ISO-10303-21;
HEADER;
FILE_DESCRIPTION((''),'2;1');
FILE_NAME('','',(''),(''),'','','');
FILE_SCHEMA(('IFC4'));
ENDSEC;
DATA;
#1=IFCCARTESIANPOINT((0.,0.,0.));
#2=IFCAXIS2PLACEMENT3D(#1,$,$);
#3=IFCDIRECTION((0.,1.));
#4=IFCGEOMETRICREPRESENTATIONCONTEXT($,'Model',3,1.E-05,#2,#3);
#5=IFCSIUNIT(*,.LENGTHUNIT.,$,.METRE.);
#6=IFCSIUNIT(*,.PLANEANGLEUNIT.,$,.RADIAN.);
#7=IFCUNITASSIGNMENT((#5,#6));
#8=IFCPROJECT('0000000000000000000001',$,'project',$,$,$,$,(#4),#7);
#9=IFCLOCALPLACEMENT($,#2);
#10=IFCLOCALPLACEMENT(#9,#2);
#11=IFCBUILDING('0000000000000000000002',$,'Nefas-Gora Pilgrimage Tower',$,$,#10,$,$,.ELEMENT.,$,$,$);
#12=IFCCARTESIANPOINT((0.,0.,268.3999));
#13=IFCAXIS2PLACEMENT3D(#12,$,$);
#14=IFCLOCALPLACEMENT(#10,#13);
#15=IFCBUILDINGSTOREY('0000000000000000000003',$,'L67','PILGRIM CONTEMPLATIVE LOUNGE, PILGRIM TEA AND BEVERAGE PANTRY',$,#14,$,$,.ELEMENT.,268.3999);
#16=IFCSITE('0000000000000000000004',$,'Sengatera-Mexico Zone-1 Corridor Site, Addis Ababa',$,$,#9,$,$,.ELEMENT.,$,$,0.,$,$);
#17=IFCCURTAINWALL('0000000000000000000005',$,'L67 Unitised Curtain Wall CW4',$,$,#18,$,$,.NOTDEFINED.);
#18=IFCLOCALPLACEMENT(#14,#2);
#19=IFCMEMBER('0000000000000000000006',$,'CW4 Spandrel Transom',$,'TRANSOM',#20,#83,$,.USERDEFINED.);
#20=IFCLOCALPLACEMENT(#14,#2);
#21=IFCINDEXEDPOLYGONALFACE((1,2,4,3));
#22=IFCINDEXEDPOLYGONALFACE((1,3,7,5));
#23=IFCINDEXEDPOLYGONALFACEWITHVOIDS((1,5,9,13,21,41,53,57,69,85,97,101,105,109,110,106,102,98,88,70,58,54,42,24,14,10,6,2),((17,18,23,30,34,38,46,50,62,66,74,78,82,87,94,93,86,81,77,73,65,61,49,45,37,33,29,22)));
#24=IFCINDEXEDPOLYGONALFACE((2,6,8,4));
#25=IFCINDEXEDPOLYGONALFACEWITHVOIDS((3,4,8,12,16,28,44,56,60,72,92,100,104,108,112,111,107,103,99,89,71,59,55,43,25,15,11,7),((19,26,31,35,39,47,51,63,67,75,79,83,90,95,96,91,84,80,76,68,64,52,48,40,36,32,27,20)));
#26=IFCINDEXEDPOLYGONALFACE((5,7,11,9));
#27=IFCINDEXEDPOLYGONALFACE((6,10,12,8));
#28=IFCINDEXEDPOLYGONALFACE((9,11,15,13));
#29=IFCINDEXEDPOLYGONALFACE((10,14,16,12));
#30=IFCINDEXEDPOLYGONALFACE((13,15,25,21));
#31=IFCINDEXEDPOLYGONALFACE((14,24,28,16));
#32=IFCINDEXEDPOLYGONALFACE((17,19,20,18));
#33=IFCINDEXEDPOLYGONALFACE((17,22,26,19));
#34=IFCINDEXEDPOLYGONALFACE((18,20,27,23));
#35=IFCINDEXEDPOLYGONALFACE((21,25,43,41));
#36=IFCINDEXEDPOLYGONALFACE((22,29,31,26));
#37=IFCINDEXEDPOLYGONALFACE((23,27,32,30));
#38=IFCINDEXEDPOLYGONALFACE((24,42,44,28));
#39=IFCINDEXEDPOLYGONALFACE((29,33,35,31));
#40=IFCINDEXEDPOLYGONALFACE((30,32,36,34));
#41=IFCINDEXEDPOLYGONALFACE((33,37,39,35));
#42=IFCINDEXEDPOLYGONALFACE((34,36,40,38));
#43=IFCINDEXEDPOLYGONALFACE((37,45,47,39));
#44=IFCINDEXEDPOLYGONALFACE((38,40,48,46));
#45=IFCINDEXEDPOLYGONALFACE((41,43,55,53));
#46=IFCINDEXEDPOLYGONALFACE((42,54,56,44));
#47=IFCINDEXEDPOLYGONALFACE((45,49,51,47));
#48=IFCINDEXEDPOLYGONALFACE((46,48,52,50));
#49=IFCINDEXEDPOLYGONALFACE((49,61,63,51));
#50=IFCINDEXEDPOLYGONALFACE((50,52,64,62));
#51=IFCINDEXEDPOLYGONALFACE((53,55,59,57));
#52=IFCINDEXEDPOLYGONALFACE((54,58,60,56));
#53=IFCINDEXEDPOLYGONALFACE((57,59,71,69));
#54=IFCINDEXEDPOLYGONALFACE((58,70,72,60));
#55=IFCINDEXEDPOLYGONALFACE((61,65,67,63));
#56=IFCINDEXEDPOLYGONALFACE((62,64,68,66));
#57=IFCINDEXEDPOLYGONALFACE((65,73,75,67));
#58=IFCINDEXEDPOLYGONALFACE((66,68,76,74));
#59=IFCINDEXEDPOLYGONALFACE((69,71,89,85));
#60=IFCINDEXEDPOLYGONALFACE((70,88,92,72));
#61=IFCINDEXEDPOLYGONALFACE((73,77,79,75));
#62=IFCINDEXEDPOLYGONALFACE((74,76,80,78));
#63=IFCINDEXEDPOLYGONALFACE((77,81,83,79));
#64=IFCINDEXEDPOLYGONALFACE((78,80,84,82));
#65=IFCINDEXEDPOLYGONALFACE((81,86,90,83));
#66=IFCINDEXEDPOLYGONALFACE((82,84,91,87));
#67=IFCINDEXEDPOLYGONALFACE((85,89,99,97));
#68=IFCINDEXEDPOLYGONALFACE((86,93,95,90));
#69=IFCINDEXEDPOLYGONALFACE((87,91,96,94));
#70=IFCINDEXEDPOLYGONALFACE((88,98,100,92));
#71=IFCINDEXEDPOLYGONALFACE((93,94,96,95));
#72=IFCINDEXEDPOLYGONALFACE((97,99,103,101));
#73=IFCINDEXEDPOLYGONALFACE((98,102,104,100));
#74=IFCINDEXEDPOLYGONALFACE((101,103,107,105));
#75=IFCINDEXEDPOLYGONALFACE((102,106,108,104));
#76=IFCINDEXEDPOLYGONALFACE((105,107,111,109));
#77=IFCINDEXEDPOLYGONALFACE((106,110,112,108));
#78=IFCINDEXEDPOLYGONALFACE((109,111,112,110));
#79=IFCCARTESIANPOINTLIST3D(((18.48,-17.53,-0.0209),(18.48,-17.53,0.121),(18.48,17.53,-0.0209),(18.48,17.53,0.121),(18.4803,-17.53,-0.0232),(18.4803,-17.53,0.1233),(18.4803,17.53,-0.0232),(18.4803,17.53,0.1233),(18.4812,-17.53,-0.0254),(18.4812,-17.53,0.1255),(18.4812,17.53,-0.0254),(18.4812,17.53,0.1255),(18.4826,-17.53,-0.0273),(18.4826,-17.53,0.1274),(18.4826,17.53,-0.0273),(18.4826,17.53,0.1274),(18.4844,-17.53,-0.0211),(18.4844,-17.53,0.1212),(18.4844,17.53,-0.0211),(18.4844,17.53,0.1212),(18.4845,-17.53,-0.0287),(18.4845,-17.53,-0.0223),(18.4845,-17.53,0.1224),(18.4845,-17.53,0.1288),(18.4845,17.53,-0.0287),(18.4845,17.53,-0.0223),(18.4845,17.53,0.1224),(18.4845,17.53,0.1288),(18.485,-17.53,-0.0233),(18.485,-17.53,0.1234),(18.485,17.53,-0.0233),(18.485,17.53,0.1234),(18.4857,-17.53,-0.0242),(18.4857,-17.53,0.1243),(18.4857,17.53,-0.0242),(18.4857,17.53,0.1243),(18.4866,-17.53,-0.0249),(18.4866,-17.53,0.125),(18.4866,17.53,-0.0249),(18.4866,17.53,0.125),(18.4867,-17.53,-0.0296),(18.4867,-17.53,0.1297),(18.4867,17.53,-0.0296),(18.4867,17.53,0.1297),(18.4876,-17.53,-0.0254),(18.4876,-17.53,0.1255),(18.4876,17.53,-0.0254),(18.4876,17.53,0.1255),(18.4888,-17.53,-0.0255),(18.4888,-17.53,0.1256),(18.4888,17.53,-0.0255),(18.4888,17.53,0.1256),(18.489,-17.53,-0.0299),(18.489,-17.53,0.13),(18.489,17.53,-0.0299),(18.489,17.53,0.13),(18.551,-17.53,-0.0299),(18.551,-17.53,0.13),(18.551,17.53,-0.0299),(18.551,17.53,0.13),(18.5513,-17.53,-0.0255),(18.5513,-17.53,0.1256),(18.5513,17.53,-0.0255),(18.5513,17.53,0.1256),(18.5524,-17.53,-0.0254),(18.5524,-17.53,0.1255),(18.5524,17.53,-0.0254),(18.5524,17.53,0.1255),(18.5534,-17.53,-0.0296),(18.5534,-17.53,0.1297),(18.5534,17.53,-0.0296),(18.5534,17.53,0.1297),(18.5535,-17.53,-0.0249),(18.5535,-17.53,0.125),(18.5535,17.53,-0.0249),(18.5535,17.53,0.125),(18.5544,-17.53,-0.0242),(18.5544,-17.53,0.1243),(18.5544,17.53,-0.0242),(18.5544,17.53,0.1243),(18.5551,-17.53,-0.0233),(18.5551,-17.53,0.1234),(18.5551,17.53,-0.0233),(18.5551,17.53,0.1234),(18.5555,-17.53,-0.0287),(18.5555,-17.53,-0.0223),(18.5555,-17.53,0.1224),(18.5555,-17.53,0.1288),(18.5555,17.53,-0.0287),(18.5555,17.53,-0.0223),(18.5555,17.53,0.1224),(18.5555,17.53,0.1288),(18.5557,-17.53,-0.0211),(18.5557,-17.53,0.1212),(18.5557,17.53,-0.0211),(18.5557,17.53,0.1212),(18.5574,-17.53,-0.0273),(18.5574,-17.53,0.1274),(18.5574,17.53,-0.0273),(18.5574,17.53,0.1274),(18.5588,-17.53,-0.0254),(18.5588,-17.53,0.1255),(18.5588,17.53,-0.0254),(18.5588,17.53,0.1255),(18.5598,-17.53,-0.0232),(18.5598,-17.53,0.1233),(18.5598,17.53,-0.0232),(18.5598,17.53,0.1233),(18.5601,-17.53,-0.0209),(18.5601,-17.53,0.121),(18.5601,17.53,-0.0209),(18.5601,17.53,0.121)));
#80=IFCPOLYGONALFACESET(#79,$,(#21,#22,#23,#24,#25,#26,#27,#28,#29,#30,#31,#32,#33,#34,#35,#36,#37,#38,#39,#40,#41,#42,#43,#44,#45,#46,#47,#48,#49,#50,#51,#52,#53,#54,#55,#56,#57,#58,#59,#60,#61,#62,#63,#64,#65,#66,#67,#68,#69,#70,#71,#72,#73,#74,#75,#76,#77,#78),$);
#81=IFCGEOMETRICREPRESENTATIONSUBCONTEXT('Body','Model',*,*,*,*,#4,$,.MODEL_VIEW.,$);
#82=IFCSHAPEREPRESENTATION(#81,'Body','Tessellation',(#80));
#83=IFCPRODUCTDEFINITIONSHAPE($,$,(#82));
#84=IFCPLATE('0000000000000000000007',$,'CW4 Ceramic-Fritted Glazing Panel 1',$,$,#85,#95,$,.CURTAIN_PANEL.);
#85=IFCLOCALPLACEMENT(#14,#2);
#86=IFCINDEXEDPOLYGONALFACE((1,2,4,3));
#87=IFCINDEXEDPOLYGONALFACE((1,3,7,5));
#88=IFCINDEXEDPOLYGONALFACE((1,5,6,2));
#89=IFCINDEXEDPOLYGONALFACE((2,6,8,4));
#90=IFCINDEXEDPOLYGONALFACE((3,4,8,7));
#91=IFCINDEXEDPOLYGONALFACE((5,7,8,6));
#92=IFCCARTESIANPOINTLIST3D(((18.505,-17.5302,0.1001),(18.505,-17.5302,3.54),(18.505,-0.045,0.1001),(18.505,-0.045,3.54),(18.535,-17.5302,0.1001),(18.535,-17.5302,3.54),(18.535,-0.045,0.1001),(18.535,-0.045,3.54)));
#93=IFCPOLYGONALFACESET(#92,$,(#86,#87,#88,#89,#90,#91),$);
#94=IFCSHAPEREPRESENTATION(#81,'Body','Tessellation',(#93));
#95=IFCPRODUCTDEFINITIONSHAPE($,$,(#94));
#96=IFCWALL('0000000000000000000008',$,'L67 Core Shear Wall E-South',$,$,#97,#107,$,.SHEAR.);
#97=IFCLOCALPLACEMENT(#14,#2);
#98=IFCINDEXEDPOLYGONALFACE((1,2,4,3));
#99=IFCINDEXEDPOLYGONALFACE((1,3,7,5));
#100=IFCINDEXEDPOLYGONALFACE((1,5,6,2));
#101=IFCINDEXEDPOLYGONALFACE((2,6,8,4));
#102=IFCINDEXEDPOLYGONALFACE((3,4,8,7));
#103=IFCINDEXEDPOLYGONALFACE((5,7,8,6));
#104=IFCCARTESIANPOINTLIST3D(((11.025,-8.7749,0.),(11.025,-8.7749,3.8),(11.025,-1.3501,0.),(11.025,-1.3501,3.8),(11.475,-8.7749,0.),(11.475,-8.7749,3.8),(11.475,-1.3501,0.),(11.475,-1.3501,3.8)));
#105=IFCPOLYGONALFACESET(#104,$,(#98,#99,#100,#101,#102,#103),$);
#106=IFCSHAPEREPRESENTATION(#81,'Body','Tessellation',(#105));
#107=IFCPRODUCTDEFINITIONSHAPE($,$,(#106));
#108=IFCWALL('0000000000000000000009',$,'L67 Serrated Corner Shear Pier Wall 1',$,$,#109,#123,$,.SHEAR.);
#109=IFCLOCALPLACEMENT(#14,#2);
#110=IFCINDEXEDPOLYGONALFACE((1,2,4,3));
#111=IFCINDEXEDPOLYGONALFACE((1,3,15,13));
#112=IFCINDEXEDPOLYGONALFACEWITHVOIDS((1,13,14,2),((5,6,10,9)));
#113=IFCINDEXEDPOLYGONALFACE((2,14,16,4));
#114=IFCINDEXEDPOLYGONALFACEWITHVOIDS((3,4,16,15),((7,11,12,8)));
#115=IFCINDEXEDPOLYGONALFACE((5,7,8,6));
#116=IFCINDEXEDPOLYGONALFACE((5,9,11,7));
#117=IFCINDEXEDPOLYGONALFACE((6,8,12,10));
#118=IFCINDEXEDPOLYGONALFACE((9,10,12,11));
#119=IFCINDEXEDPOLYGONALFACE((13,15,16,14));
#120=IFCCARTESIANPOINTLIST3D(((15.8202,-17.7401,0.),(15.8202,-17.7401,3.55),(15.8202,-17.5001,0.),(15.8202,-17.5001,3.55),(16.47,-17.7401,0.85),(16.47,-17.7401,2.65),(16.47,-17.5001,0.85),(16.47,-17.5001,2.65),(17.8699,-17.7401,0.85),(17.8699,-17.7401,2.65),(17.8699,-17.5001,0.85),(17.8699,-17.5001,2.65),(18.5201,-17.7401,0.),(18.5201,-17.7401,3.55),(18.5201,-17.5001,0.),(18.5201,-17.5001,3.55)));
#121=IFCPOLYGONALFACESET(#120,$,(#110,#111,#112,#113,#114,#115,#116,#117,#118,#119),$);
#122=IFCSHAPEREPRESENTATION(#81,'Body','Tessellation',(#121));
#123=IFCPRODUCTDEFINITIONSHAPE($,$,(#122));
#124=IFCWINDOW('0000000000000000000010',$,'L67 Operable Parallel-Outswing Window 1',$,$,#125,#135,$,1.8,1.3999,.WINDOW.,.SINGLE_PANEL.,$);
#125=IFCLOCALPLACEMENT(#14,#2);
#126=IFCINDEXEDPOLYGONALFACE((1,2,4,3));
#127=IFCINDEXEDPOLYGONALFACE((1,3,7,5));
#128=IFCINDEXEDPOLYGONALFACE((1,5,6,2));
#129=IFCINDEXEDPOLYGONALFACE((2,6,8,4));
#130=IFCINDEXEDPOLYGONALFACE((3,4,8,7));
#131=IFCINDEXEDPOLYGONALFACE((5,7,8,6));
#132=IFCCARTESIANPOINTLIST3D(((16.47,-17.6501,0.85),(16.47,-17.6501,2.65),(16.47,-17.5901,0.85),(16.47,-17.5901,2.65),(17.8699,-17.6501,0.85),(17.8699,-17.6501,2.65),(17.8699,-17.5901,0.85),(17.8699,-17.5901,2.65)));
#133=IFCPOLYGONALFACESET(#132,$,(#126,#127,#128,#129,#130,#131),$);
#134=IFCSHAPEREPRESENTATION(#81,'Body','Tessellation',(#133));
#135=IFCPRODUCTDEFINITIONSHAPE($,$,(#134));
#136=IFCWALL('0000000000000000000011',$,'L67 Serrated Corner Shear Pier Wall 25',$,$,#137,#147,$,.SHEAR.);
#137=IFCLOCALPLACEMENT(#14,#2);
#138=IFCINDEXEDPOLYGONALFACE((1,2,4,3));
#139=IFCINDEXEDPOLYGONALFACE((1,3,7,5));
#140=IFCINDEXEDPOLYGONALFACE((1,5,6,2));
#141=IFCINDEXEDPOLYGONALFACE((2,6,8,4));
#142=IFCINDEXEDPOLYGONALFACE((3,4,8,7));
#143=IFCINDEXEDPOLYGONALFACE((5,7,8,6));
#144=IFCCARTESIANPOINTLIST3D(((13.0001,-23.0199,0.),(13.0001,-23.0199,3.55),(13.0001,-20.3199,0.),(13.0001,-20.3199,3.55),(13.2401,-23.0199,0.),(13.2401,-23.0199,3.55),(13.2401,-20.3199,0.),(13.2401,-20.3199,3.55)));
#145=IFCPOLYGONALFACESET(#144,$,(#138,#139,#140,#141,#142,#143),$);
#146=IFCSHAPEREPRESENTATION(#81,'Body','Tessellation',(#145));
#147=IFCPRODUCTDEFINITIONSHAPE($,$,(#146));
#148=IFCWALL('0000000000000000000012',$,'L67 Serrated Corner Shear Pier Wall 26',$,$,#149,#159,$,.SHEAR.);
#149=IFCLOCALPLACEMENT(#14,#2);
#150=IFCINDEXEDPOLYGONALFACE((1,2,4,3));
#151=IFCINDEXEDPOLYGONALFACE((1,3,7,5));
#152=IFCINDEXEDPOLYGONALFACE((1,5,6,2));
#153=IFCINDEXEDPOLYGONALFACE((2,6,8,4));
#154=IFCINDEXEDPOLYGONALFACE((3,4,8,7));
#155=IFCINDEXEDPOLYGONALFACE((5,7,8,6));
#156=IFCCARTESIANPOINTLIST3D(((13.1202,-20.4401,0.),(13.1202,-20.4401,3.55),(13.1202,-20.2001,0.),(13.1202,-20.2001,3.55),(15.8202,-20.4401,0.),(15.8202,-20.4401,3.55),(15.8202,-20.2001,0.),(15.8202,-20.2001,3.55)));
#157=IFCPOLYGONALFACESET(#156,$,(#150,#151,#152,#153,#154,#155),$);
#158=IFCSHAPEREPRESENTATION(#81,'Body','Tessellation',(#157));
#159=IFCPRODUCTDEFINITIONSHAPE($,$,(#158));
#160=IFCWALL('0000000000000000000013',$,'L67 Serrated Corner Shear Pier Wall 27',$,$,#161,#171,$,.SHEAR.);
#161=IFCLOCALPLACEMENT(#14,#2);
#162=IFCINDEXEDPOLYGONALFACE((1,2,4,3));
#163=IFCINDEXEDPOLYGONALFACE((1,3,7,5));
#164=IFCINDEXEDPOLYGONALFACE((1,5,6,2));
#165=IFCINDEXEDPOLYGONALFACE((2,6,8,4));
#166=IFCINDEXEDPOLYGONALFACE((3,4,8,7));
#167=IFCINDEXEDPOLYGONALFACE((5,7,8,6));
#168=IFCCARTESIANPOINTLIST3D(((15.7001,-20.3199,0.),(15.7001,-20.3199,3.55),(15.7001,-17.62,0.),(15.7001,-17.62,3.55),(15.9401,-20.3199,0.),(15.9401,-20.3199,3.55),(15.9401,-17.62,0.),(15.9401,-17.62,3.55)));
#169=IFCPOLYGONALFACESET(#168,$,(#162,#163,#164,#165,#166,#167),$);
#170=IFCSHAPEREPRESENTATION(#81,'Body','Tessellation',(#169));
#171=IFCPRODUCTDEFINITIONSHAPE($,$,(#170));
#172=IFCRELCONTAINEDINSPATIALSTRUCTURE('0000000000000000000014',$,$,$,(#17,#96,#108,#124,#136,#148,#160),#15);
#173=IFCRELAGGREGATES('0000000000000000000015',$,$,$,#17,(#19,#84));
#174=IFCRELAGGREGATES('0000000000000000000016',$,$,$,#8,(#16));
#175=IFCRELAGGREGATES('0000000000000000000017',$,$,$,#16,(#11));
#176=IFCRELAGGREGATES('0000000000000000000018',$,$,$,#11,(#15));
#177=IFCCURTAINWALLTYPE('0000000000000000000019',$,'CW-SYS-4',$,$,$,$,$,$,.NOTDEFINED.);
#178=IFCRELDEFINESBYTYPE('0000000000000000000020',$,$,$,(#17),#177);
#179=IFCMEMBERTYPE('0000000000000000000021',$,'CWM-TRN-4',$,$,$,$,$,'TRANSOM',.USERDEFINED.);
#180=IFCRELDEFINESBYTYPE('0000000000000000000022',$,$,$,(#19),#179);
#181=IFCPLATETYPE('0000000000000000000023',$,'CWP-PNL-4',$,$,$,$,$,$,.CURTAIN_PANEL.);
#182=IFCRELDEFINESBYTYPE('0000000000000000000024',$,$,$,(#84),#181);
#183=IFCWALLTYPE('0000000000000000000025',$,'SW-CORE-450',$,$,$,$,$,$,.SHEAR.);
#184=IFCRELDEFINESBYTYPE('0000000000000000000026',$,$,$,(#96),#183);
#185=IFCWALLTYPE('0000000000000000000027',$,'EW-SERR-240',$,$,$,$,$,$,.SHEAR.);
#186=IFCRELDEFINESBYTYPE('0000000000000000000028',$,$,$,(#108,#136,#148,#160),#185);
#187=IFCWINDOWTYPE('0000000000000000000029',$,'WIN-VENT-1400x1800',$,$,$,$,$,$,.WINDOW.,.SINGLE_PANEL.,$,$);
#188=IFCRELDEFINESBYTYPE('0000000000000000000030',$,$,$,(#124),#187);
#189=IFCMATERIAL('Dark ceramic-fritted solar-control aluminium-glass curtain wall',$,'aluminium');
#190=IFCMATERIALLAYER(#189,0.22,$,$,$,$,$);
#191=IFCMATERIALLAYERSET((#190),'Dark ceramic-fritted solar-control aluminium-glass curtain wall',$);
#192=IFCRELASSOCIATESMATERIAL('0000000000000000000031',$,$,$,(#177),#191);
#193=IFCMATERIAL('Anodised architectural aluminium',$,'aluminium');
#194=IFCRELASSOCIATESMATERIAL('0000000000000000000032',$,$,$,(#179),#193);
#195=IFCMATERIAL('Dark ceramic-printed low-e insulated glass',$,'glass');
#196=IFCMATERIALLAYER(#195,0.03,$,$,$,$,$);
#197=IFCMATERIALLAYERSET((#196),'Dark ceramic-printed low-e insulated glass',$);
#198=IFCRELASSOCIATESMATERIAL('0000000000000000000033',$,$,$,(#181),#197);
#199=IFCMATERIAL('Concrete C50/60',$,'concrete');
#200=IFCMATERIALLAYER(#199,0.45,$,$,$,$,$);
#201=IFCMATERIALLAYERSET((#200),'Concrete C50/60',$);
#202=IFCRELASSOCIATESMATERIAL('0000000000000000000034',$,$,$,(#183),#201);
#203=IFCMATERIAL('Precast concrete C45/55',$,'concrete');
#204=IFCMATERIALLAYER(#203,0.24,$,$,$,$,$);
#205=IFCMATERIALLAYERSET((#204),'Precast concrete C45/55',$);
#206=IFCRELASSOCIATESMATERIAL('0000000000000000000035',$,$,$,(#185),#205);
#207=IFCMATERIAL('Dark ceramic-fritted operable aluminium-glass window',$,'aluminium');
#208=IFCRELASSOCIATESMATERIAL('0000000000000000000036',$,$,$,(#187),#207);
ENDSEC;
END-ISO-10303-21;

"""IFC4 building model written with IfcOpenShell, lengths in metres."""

from ifc_helpers import new_model, si_unit, direction, frame, frame_2d, origin, origin_2d, place, context, subcontext, project, spatial, rectangle, hollow_rectangle, extrude, source, transform, mapped, material, layer, layer_set, material_profile, profile_set, type_object, element, fill, aggregate, save


model = new_model("IFC4")

# Units and contexts
model_context = context("Model", 3, precision=1e-05, world=origin(), true_north=direction((0.0, 1.0)))
body_context = subcontext(model_context, "Body", "Model", "MODEL_VIEW")
ifc_project = project(units=[si_unit("LENGTHUNIT", "METRE"), si_unit("PLANEANGLEUNIT", "RADIAN")], contexts=[model_context])

# Site, building, storey
site_placement = place(None, origin())
site = spatial("IfcSite", under=ifc_project, at=site_placement, Name="Sengatera-Mexico Zone-1 Corridor Site, Addis Ababa", CompositionType="ELEMENT", RefElevation=0.0)
building_placement = place(site_placement, origin())
building = spatial("IfcBuilding", under=site, at=building_placement, Name="Nefas-Gora Pilgrimage Tower", CompositionType="ELEMENT")
storey_placement = place(building_placement, frame((0.0, 0.0, 268.3999)))
storey = spatial("IfcBuildingStorey", under=building, at=storey_placement, Name="L67", Description="PILGRIM CONTEMPLATIVE LOUNGE, PILGRIM TEA AND BEVERAGE PANTRY", CompositionType="ELEMENT", Elevation=268.3999)

# Curtain wall
ifc_material_1 = material(Name="Dark ceramic-fritted solar-control aluminium-glass curtain wall", Category="aluminium")
ifc_layer_1 = layer(ifc_material_1, 0.22)
ifc_layer_set_1 = layer_set([ifc_layer_1], Name="Dark ceramic-fritted solar-control aluminium-glass curtain wall")
curtain_wall_type = type_object("IfcCurtainWallType", Name="CW-SYS-4", PredefinedType="NOTDEFINED", material=ifc_layer_set_1)
curtain_wall_1_placement = place(storey_placement, origin())
curtain_wall_1 = element("IfcCurtainWall", 1, at=curtain_wall_1_placement, inside=storey, type_object=curtain_wall_type, Name="L67 Unitised Curtain Wall CW4", PredefinedType="NOTDEFINED")
ifc_material_2 = material(Name="Anodised architectural aluminium", Category="aluminium")

# Member
ifc_material_profile_1 = material_profile(ifc_material_2, hollow_rectangle(XDim=0.0801, YDim=0.1599, WallThickness=0.0044, InnerFilletRadius=0.0044, OuterFilletRadius=0.009, at=origin_2d()), Name="ALU TRANSOM 80x160")
ifc_profile_set_1 = profile_set([ifc_material_profile_1], Name="Anodised architectural aluminium")
member_type_1 = type_object("IfcMemberType", Name="CWM-TRN-4", ElementType="TRANSOM", PredefinedType="USERDEFINED", material=ifc_profile_set_1)
shared_shape_1 = source(origin(), body_context, "Body", "SweptSolid", [
    extrude(hollow_rectangle(XDim=0.0801, YDim=0.1599, WallThickness=0.0044, InnerFilletRadius=0.0044, OuterFilletRadius=0.009, at=origin_2d()), origin(), (0.0, 0.0, 1.0), 35.0601),
])
member_1_placement = place(storey_placement, frame((18.52, -17.53, 0.05), z_axis=(0.0, 1.0, 0.0), x_axis=(-1.0, 0.0, 0.0)))
member_1 = element("IfcMember", 2, at=member_1_placement, type_object=member_type_1, Name="CW4 Spandrel Transom", ObjectType="TRANSOM", PredefinedType="USERDEFINED", context=body_context, shape_type="MappedRepresentation", body=[
    mapped(shared_shape_1, transform((0.0, 0.0, 0.0), x_axis=(1.0, 0.0, 0.0), y_axis=(0.0, 1.0, 0.0), z_axis=(0.0, 0.0, 1.0), scale=1.0)),
])

# Plate
ifc_material_3 = material(Name="Dark ceramic-printed low-e insulated glass", Category="glass")
ifc_layer_2 = layer(ifc_material_3, 0.03)
ifc_layer_set_2 = layer_set([ifc_layer_2], Name="Dark ceramic-printed low-e insulated glass")
plate_type = type_object("IfcPlateType", Name="CWP-PNL-4", PredefinedType="CURTAIN_PANEL", material=ifc_layer_set_2)
shared_shape_2 = source(origin(), body_context, "Body", "SweptSolid", [
    extrude(rectangle(XDim=17.4851, YDim=0.03, at=origin_2d()), origin(), (0.0, 0.0, 1.0), 3.4399),
])
plate_placement = place(storey_placement, frame((18.52, -8.7876, 0.1001), z_axis=(0.0, 0.0, 1.0), x_axis=(0.0, 1.0, 0.0)))
plate = element("IfcPlate", 3, at=plate_placement, type_object=plate_type, Name="CW4 Ceramic-Fritted Glazing Panel 1", PredefinedType="CURTAIN_PANEL", context=body_context, shape_type="MappedRepresentation", body=[
    mapped(shared_shape_2, transform((0.0, 0.0, 0.0), x_axis=(1.0, 0.0, 0.0), y_axis=(0.0, 1.0, 0.0), z_axis=(0.0, 0.0, 1.0), scale=1.0)),
])
aggregate(curtain_wall_1, [member_1, plate])

# Wall
ifc_material_4 = material(Name="Concrete C50/60", Category="concrete")
ifc_layer_3 = layer(ifc_material_4, 0.45)
ifc_layer_set_3 = layer_set([ifc_layer_3], Name="Concrete C50/60")
wall_type_1 = type_object("IfcWallType", Name="SW-CORE-450", PredefinedType="SHEAR", material=ifc_layer_set_3)
shared_shape_3 = source(origin(), body_context, "Body", "SweptSolid", [
    extrude(rectangle(XDim=7.4248, YDim=0.45, at=frame_2d((3.7124, 0.0))), origin(), (0.0, 0.0, 1.0), 3.8),
])
wall_1_placement = place(storey_placement, frame((11.25, -8.7749, 0.0), z_axis=(0.0, 0.0, 1.0), x_axis=(0.0, 1.0, 0.0)))
element("IfcWall", 4, at=wall_1_placement, inside=storey, type_object=wall_type_1, Name="L67 Core Shear Wall E-South", PredefinedType="SHEAR", context=body_context, shape_type="MappedRepresentation", body=[
    mapped(shared_shape_3, transform((0.0, 0.0, 0.0), x_axis=(1.0, 0.0, 0.0), y_axis=(0.0, 1.0, 0.0), z_axis=(0.0, 0.0, 1.0), scale=1.0)),
])

# Wall, opening, window
ifc_material_5 = material(Name="Precast concrete C45/55", Category="concrete")
ifc_layer_4 = layer(ifc_material_5, 0.24)
ifc_layer_set_4 = layer_set([ifc_layer_4], Name="Precast concrete C45/55")
wall_type_2 = type_object("IfcWallType", Name="EW-SERR-240", PredefinedType="SHEAR", material=ifc_layer_set_4)
shared_shape_4 = source(origin(), body_context, "Body", "SweptSolid", [
    extrude(rectangle(XDim=2.7, YDim=0.24, at=frame_2d((1.3501, 0.0))), origin(), (0.0, 0.0, 1.0), 3.55),
])
wall_2_placement = place(storey_placement, frame((15.8201, -17.6201, 0.0), z_axis=(0.0, 0.0, 1.0), x_axis=(1.0, 0.0, 0.0)))
wall_2 = element("IfcWall", 5, at=wall_2_placement, inside=storey, type_object=wall_type_2, Name="L67 Serrated Corner Shear Pier Wall 1", PredefinedType="SHEAR", context=body_context, shape_type="MappedRepresentation", body=[
    mapped(shared_shape_4, transform((0.0, 0.0, 0.0), x_axis=(1.0, 0.0, 0.0), y_axis=(0.0, 1.0, 0.0), z_axis=(0.0, 0.0, 1.0), scale=1.0)),
])
opening_1_placement = place(wall_2_placement, frame((0.6499, 0.0, 0.8501)))
opening_1 = element("IfcOpeningElement", 6, at=opening_1_placement, cuts=wall_2, PredefinedType="OPENING", context=body_context, shape_type="SweptSolid", body=[
    extrude(rectangle(XDim=1.3999, YDim=1.8, at=frame_2d((0.7, 0.8999))), frame((0.0, 0.1299, 0.0), z_axis=(0.0, -1.0, 0.0), x_axis=(1.0, 0.0, 0.0)), (0.0, 0.0, 1.0), 0.26),
])
ifc_material_6 = material(Name="Dark ceramic-fritted operable aluminium-glass window", Category="aluminium")
window_type = type_object("IfcWindowType", Name="WIN-VENT-1400x1800", PartitioningType="SINGLE_PANEL", PredefinedType="WINDOW", material=ifc_material_6)
shared_shape_5 = source(origin(), body_context, "Body", "SweptSolid", [
    extrude(rectangle(XDim=1.3999, YDim=1.8, at=frame_2d((0.7, 0.8999))), frame((0.0, 0.03, 0.0), z_axis=(0.0, -1.0, 0.0), x_axis=(1.0, 0.0, 0.0)), (0.0, 0.0, 1.0), 0.0601),
])
window_placement = place(opening_1_placement, origin())
window = element("IfcWindow", 7, at=window_placement, inside=storey, type_object=window_type, Name="L67 Operable Parallel-Outswing Window 1", OverallHeight=1.8, OverallWidth=1.3999, PartitioningType="SINGLE_PANEL", PredefinedType="WINDOW", context=body_context, shape_type="MappedRepresentation", body=[
    mapped(shared_shape_5, transform((0.0, 0.0, 0.0), x_axis=(1.0, 0.0, 0.0), y_axis=(0.0, 1.0, 0.0), z_axis=(0.0, 0.0, 1.0), scale=1.0)),
])
fill(opening_1, window)

# Walls
for number, where, z_axis, x_axis, name in (
    (8, (13.1201, -23.02, 0.0), (0.0, 0.0, 1.0), (0.0, 1.0, 0.0), "L67 Serrated Corner Shear Pier Wall 25"),
    (9, (13.1201, -20.3201, 0.0), (0.0, 0.0, 1.0), (1.0, 0.0, 0.0), "L67 Serrated Corner Shear Pier Wall 26"),
    (10, (15.8201, -20.3201, 0.0), (0.0, 0.0, 1.0), (0.0, 1.0, 0.0), "L67 Serrated Corner Shear Pier Wall 27"),
):
    element("IfcWall", number, at=place(storey_placement, frame(where, z_axis=z_axis, x_axis=x_axis)), inside=storey, type_object=wall_type_2, Name=name, PredefinedType="SHEAR", context=body_context, shape_type="MappedRepresentation", body=[
        mapped(shared_shape_4, transform((0.0, 0.0, 0.0), x_axis=(1.0, 0.0, 0.0), y_axis=(0.0, 1.0, 0.0), z_axis=(0.0, 0.0, 1.0), scale=1.0)),
    ])

save(model, "model.ifc")
